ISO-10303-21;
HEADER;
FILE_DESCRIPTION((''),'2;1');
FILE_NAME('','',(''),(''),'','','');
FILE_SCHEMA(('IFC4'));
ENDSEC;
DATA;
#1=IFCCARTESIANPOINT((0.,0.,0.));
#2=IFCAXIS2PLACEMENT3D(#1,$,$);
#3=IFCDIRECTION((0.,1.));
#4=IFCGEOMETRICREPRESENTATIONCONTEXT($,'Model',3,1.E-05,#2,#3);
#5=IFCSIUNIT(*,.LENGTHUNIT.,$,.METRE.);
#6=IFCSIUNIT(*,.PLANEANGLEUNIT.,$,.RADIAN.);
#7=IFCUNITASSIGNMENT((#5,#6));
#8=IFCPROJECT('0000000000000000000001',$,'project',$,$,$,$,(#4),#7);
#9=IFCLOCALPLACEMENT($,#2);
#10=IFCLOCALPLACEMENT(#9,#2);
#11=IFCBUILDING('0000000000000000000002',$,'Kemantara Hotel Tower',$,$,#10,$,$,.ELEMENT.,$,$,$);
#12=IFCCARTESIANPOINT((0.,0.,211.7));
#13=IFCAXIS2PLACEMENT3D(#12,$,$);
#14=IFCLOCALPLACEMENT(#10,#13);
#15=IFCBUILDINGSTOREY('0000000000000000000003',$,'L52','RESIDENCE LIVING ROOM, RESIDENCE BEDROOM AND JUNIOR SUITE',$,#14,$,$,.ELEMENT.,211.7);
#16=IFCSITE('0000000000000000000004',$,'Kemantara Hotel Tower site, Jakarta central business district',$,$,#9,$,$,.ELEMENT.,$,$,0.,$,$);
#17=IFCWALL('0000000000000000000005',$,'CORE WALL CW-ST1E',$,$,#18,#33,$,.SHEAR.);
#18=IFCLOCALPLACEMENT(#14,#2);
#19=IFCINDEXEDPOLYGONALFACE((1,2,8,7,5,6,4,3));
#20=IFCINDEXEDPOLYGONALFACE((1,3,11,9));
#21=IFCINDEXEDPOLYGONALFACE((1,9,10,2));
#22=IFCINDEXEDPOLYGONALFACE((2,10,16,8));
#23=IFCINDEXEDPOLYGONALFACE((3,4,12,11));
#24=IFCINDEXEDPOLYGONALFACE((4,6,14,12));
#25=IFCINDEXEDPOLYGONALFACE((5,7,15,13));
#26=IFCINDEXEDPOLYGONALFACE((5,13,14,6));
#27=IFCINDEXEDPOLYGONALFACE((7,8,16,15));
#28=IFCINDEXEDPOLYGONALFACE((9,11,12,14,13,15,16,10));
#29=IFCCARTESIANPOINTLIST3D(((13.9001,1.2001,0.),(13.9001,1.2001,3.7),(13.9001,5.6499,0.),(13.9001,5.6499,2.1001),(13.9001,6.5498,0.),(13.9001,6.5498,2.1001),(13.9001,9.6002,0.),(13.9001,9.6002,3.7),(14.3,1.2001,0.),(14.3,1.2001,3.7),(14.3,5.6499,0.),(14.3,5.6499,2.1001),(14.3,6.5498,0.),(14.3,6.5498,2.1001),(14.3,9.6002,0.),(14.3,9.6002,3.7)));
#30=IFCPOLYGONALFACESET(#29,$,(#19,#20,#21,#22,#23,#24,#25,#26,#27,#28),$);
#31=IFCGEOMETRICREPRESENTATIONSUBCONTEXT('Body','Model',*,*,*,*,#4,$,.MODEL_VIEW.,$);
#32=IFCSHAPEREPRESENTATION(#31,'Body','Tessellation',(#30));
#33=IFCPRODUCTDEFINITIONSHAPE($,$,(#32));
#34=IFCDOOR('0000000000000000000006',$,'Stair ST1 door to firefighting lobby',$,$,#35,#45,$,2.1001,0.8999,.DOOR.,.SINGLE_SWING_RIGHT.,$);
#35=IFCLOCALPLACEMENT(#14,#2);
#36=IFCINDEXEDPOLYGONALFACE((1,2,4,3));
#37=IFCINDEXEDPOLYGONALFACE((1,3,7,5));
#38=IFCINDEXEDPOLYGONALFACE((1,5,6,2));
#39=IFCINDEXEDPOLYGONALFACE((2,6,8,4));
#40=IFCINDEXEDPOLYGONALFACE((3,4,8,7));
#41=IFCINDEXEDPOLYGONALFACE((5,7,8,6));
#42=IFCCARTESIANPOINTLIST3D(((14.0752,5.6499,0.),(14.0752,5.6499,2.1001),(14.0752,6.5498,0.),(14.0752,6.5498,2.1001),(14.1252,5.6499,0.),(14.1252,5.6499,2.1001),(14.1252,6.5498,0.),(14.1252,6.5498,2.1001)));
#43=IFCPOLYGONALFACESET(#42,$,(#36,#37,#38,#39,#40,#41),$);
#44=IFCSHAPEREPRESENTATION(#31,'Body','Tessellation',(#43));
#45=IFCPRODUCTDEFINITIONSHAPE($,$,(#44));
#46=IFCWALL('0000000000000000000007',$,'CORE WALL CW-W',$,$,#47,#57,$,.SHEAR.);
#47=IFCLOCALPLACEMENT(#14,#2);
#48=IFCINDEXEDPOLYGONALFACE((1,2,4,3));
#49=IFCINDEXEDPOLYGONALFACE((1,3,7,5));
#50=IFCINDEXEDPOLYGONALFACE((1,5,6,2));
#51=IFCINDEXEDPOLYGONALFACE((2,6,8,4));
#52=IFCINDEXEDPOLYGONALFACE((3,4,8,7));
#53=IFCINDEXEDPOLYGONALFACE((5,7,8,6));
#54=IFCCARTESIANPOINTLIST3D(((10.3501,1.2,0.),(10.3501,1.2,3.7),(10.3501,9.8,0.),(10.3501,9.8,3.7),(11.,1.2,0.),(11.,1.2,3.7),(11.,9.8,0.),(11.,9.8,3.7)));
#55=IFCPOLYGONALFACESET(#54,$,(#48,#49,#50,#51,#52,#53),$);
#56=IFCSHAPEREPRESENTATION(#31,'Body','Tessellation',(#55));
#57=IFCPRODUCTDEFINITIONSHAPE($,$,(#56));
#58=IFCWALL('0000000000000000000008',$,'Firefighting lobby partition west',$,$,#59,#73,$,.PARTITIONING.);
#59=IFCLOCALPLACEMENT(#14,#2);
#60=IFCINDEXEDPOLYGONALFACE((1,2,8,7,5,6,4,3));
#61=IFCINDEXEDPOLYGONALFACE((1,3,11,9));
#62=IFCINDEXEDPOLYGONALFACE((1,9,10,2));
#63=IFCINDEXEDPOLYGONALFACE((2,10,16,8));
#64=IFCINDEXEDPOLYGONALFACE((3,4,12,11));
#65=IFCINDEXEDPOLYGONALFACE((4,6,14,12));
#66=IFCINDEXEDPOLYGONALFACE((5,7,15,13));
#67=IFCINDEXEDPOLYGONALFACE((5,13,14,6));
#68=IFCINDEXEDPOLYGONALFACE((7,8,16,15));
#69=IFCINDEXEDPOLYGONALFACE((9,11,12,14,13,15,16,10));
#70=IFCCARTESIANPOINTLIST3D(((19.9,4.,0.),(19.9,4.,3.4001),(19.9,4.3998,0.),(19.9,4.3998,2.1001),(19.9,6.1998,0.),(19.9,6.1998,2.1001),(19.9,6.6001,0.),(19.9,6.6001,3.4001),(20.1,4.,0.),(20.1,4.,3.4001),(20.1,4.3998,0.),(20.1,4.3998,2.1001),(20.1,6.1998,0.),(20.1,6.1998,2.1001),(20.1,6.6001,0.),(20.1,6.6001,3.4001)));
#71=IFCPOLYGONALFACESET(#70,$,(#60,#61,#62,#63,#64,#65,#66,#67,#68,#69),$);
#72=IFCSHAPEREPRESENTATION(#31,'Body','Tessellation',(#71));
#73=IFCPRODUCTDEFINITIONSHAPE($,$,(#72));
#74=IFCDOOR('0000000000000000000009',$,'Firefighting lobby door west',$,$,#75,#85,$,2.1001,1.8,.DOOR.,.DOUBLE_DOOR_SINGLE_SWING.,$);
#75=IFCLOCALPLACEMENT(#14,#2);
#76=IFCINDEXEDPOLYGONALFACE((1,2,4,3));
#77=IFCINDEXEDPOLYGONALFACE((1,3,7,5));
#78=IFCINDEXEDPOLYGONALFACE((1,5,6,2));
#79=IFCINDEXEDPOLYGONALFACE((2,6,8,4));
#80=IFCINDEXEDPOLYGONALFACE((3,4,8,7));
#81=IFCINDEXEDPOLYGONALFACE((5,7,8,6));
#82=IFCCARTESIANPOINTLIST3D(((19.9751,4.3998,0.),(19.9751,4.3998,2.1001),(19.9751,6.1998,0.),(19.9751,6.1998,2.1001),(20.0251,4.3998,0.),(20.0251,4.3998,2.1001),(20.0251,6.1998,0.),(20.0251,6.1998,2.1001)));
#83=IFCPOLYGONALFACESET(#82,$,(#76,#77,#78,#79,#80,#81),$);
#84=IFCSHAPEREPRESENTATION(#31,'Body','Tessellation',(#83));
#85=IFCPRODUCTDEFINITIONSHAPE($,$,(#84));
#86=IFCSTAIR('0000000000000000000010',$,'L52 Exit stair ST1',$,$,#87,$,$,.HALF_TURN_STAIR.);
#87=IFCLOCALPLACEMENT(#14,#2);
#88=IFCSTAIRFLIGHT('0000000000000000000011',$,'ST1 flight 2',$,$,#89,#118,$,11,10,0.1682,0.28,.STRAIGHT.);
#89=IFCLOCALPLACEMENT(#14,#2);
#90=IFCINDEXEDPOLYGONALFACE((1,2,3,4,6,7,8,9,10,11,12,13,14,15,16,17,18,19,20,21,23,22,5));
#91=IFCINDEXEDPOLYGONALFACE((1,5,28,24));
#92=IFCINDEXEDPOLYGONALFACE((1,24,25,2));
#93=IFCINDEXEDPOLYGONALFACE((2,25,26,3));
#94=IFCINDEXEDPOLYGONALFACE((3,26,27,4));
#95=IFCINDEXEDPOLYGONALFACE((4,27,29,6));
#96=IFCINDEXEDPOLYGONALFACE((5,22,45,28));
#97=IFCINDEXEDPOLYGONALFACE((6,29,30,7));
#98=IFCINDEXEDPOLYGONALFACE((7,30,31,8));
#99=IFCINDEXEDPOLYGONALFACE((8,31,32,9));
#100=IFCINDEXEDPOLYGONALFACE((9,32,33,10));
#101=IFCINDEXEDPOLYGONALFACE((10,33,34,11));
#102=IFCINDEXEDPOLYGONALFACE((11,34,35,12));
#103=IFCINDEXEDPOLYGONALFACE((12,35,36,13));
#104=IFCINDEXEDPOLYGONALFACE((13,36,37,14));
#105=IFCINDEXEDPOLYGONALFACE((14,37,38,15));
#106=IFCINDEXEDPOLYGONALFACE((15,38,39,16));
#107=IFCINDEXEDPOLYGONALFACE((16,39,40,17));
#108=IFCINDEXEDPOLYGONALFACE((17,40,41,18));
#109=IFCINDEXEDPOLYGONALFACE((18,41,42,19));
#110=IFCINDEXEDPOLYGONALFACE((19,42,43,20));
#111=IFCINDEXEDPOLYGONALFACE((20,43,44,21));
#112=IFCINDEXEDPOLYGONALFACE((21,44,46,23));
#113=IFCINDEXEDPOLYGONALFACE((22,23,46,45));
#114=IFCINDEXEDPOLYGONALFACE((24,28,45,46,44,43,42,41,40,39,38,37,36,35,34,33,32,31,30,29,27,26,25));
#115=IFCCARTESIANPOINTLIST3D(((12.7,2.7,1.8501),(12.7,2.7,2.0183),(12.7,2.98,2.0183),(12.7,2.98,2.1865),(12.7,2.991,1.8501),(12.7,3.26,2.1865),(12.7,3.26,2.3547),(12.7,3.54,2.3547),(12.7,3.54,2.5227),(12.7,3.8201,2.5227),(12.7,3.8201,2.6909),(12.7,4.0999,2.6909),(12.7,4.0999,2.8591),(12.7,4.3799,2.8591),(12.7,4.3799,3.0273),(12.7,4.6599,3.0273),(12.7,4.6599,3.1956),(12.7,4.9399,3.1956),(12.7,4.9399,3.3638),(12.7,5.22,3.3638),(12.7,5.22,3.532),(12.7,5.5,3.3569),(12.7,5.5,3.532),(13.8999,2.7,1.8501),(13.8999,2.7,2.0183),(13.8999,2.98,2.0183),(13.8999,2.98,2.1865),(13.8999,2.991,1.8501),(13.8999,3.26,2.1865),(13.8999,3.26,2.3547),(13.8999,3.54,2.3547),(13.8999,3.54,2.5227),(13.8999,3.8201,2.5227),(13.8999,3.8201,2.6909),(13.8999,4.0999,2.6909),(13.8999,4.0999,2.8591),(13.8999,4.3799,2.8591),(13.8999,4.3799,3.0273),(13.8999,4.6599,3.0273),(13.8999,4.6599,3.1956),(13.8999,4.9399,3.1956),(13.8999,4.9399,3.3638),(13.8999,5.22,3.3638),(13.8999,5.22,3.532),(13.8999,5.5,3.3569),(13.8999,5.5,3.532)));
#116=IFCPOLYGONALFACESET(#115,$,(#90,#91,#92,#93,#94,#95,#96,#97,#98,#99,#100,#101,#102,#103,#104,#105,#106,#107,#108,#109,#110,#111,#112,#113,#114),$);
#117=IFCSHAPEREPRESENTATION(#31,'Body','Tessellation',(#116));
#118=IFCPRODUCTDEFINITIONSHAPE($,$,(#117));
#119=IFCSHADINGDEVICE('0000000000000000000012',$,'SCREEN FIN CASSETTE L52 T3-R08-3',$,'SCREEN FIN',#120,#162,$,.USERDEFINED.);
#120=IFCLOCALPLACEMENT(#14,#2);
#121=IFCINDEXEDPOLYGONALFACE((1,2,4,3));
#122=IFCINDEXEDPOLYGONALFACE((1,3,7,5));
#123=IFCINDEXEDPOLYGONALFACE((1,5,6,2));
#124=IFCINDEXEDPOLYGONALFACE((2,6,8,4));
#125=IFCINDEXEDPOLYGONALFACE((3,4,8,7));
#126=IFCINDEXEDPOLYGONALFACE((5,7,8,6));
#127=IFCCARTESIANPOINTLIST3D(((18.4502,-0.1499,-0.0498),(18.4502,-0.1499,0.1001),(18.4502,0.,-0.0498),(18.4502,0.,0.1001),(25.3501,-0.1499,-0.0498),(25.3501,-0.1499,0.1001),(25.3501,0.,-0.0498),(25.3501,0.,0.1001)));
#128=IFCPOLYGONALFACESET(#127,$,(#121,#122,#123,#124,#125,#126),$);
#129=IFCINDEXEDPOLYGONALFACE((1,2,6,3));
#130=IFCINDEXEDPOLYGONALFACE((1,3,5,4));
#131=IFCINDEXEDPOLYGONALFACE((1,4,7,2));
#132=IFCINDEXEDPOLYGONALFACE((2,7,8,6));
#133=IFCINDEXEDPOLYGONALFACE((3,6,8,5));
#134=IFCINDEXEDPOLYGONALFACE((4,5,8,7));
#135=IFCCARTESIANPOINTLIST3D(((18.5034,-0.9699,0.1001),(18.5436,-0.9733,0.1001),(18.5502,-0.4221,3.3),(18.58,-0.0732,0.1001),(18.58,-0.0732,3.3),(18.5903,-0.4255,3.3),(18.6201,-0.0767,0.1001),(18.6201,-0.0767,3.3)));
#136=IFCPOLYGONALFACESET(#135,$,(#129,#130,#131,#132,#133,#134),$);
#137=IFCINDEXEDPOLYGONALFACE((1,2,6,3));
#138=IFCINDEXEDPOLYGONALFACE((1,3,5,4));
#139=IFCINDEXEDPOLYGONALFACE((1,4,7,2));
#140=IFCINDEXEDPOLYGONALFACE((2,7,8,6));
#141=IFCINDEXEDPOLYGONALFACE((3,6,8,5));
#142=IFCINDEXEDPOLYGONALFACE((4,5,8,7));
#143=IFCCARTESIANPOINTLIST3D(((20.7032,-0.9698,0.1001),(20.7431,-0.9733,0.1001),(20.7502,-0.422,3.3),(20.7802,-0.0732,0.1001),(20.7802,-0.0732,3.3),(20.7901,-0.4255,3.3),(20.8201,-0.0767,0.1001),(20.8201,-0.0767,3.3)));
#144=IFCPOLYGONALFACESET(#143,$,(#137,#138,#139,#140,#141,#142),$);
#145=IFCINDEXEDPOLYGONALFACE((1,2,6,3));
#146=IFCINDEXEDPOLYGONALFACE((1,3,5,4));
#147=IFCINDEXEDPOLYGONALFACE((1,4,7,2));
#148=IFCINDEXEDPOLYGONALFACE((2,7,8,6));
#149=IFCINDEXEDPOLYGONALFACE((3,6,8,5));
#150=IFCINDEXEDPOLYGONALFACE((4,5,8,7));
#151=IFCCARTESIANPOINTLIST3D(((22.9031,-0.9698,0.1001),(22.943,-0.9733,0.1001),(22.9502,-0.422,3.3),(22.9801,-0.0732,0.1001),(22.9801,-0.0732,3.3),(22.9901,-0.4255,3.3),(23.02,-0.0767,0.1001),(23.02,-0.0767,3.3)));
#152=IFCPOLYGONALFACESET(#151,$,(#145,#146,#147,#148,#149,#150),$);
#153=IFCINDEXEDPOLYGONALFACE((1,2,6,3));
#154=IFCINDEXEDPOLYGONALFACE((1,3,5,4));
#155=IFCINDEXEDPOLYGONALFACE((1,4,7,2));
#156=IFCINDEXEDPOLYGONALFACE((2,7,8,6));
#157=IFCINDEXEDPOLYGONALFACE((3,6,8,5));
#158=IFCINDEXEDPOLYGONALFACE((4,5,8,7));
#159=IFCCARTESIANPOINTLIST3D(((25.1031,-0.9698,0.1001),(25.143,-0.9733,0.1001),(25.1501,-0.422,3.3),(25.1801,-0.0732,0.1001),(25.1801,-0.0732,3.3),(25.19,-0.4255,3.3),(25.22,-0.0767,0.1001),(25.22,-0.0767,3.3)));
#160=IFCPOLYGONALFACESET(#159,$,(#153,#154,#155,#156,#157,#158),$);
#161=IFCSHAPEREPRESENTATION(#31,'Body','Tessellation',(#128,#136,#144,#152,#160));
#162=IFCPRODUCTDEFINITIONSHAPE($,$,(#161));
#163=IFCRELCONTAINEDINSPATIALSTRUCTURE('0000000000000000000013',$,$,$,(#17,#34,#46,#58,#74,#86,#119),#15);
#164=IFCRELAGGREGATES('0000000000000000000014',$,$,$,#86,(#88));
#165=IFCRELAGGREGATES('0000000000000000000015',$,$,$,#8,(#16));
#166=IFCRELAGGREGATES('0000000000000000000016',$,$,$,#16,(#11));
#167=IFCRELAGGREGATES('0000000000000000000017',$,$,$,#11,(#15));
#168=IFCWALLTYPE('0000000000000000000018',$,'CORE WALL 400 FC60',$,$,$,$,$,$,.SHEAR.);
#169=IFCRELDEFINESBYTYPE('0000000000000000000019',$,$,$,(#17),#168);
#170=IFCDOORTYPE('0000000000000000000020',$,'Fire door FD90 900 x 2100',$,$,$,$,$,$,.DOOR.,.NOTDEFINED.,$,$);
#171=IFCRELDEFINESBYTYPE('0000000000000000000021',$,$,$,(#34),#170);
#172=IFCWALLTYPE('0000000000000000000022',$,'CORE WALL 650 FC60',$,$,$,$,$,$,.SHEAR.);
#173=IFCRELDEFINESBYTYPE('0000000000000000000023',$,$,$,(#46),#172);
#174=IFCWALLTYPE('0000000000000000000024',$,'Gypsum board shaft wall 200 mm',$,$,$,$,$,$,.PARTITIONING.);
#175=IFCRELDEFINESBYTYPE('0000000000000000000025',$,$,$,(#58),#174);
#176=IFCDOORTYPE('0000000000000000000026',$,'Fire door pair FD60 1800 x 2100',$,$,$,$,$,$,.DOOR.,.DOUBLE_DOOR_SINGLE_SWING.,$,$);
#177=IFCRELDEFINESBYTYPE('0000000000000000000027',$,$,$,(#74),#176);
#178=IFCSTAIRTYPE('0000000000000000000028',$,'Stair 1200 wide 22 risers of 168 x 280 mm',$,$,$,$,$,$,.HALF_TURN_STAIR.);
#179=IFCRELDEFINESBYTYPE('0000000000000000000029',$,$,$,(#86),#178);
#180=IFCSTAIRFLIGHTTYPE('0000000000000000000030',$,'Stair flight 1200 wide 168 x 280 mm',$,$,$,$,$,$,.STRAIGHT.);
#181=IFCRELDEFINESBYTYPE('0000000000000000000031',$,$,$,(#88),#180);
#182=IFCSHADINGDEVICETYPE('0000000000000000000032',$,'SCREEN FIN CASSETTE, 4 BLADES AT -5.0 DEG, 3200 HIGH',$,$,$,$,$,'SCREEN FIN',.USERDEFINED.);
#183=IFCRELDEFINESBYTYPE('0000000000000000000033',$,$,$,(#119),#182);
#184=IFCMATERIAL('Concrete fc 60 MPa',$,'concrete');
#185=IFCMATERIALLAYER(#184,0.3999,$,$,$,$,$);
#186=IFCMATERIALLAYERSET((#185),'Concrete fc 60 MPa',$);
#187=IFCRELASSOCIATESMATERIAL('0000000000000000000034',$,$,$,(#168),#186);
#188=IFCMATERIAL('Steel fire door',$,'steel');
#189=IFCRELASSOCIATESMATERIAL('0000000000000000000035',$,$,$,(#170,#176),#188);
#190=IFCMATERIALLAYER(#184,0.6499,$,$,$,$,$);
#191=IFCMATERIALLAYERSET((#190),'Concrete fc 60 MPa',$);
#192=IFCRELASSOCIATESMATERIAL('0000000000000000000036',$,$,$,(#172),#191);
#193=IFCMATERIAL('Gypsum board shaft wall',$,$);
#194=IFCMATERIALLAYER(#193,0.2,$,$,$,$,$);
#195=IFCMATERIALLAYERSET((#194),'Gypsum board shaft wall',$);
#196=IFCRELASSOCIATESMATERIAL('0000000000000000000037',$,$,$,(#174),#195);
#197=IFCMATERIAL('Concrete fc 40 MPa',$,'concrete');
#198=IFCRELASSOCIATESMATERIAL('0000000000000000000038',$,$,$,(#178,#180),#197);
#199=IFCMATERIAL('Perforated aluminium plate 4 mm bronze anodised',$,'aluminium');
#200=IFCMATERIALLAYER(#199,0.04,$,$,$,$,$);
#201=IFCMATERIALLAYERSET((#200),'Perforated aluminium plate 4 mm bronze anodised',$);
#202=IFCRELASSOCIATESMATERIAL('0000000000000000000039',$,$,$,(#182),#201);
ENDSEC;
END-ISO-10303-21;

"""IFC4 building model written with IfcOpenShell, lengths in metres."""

from ifc_helpers import new_model, si_unit, direction, frame, frame_2d, origin, origin_2d, place, context, subcontext, project, spatial, polyline, rectangle, outline, extrude, source, transform, mapped, material, layer, layer_set, type_object, element, fill, aggregate, save


model = new_model("IFC4")

# Units and contexts
model_context = context("Model", 3, precision=1e-05, world=origin(), true_north=direction((0.0, 1.0)))
body_context = subcontext(model_context, "Body", "Model", "MODEL_VIEW")
ifc_project = project(units=[si_unit("LENGTHUNIT", "METRE"), si_unit("PLANEANGLEUNIT", "RADIAN")], contexts=[model_context])

# Site, building, storey
site_placement = place(None, origin())
site = spatial("IfcSite", under=ifc_project, at=site_placement, Name="Kemantara Hotel Tower site, Jakarta central business district", CompositionType="ELEMENT", RefElevation=0.0)
building_placement = place(site_placement, origin())
building = spatial("IfcBuilding", under=site, at=building_placement, Name="Kemantara Hotel Tower", CompositionType="ELEMENT")
storey_placement = place(building_placement, frame((0.0, 0.0, 211.7)))
storey = spatial("IfcBuildingStorey", under=building, at=storey_placement, Name="L52", Description="RESIDENCE LIVING ROOM, RESIDENCE BEDROOM AND JUNIOR SUITE", CompositionType="ELEMENT", Elevation=211.7)

# Shared definitions
ifc_material_1 = material(Name="Concrete fc 60 MPa", Category="concrete")

# Shared definitions
ifc_layer_1 = layer(ifc_material_1, 0.3999)
ifc_layer_set_1 = layer_set([ifc_layer_1], Name="Concrete fc 60 MPa")
wall_type_1 = type_object("IfcWallType", Name="CORE WALL 400 FC60", PredefinedType="SHEAR", material=ifc_layer_set_1)
ifc_material_2 = material(Name="Steel fire door", Category="steel")

# Wall, opening, door
wall_1_placement = place(storey_placement, frame((14.1001, 1.2, 0.0), z_axis=(0.0, 0.0, 1.0), x_axis=(0.0, 1.0, 0.0)))
wall_1 = element("IfcWall", 1, at=wall_1_placement, inside=storey, type_object=wall_type_1, Name="CORE WALL CW-ST1E", PredefinedType="SHEAR", context=body_context, shape_type="SweptSolid", body=[
    extrude(rectangle(XDim=8.4001, YDim=0.3999, at=frame_2d((4.2002, 0.0))), origin(), (0.0, 0.0, 1.0), 3.7),
])
opening_1_placement = place(wall_1_placement, frame((4.45, 0.0, 0.0)))
opening_1 = element("IfcOpeningElement", 2, at=opening_1_placement, cuts=wall_1, PredefinedType="OPENING", context=body_context, shape_type="SweptSolid", body=[
    extrude(rectangle(XDim=0.8999, YDim=2.1001, at=frame_2d((0.45, 1.05))), frame((0.0, 0.21, 0.0), z_axis=(0.0, -1.0, 0.0), x_axis=(1.0, 0.0, 0.0)), (0.0, 0.0, 1.0), 0.4199),
])
door_type_1 = type_object("IfcDoorType", Name="Fire door FD90 900 x 2100", OperationType="NOTDEFINED", PredefinedType="DOOR", material=ifc_material_2)
door_1_placement = place(opening_1_placement, origin())
door_1 = element("IfcDoor", 3, at=door_1_placement, inside=storey, type_object=door_type_1, Name="Stair ST1 door to firefighting lobby", OperationType="SINGLE_SWING_RIGHT", OverallHeight=2.1001, OverallWidth=0.8999, PredefinedType="DOOR", context=body_context, shape_type="SweptSolid", body=[
    extrude(rectangle(XDim=0.8999, YDim=2.1001, at=frame_2d((0.45, 1.05))), frame((0.0, 0.0249, 0.0), z_axis=(0.0, -1.0, 0.0), x_axis=(1.0, 0.0, 0.0)), (0.0, 0.0, 1.0), 0.05),
])
fill(opening_1, door_1)

# Wall
ifc_layer_2 = layer(ifc_material_1, 0.6499)
ifc_layer_set_2 = layer_set([ifc_layer_2], Name="Concrete fc 60 MPa")
wall_type_2 = type_object("IfcWallType", Name="CORE WALL 650 FC60", PredefinedType="SHEAR", material=ifc_layer_set_2)
wall_2_placement = place(storey_placement, frame((10.675, 1.2, 0.0), z_axis=(0.0, 0.0, 1.0), x_axis=(0.0, 1.0, 0.0)))
element("IfcWall", 4, at=wall_2_placement, inside=storey, type_object=wall_type_2, Name="CORE WALL CW-W", PredefinedType="SHEAR", context=body_context, shape_type="SweptSolid", body=[
    extrude(rectangle(XDim=8.6001, YDim=0.6499, at=frame_2d((4.3, 0.0))), origin(), (0.0, 0.0, 1.0), 3.7),
])

# Wall, opening, door
ifc_material_3 = material(Name="Gypsum board shaft wall")
ifc_layer_3 = layer(ifc_material_3, 0.2)
ifc_layer_set_3 = layer_set([ifc_layer_3], Name="Gypsum board shaft wall")
wall_type_3 = type_object("IfcWallType", Name="Gypsum board shaft wall 200 mm", PredefinedType="PARTITIONING", material=ifc_layer_set_3)
wall_3_placement = place(storey_placement, frame((20.0, 4.0, 0.0), z_axis=(0.0, 0.0, 1.0), x_axis=(0.0, 1.0, 0.0)))
wall_3 = element("IfcWall", 5, at=wall_3_placement, inside=storey, type_object=wall_type_3, Name="Firefighting lobby partition west", PredefinedType="PARTITIONING", context=body_context, shape_type="SweptSolid", body=[
    extrude(rectangle(XDim=2.6001, YDim=0.2, at=frame_2d((1.3, 0.0))), origin(), (0.0, 0.0, 1.0), 3.4001),
])
opening_2_placement = place(wall_3_placement, frame((0.3999, 0.0, 0.0)))
opening_2 = element("IfcOpeningElement", 6, at=opening_2_placement, cuts=wall_3, PredefinedType="OPENING", context=body_context, shape_type="SweptSolid", body=[
    extrude(rectangle(XDim=1.8, YDim=2.1001, at=frame_2d((0.8999, 1.05))), frame((0.0, 0.1099, 0.0), z_axis=(0.0, -1.0, 0.0), x_axis=(1.0, 0.0, 0.0)), (0.0, 0.0, 1.0), 0.22),
])
door_type_2 = type_object("IfcDoorType", Name="Fire door pair FD60 1800 x 2100", OperationType="DOUBLE_DOOR_SINGLE_SWING", PredefinedType="DOOR", material=ifc_material_2)
door_2_placement = place(opening_2_placement, origin())
door_2 = element("IfcDoor", 7, at=door_2_placement, inside=storey, type_object=door_type_2, Name="Firefighting lobby door west", OperationType="DOUBLE_DOOR_SINGLE_SWING", OverallHeight=2.1001, OverallWidth=1.8, PredefinedType="DOOR", context=body_context, shape_type="SweptSolid", body=[
    extrude(rectangle(XDim=1.8, YDim=2.1001, at=frame_2d((0.8999, 1.05))), frame((0.0, 0.0249, 0.0), z_axis=(0.0, -1.0, 0.0), x_axis=(1.0, 0.0, 0.0)), (0.0, 0.0, 1.0), 0.05),
])
fill(opening_2, door_2)

# Stair, stair flight
ifc_material_4 = material(Name="Concrete fc 40 MPa", Category="concrete")
stair_type = type_object("IfcStairType", Name="Stair 1200 wide 22 risers of 168 x 280 mm", PredefinedType="HALF_TURN_STAIR", material=ifc_material_4)
stair_placement = place(storey_placement, origin())
stair = element("IfcStair", 8, at=stair_placement, inside=storey, type_object=stair_type, Name="L52 Exit stair ST1", PredefinedType="HALF_TURN_STAIR")
stair_flight_type = type_object("IfcStairFlightType", Name="Stair flight 1200 wide 168 x 280 mm", PredefinedType="STRAIGHT", material=ifc_material_4)
stair_flight_placement = place(storey_placement, frame((13.3, 2.7, 1.8501), z_axis=(0.0, 0.0, 1.0), x_axis=(0.0, 1.0, 0.0)))
stair_flight = element("IfcStairFlight", 9, at=stair_flight_placement, type_object=stair_flight_type, Name="ST1 flight 2", NumberOfRisers=11, NumberOfTreads=10, PredefinedType="STRAIGHT", RiserHeight=0.1682, TreadLength=0.28, context=body_context, shape_type="SweptSolid", body=[
    extrude(outline(polyline([(0.0, 0.0), (0.0, 0.1682), (0.28, 0.1682), (0.28, 0.3364), (0.5601, 0.3364), (0.5601, 0.5046), (0.8401, 0.5046), (0.8401, 0.6726), (1.1201, 0.6726), (1.1201, 0.8408), (1.3999, 0.8408), (1.3999, 1.009), (1.6799, 1.009), (1.6799, 1.1772), (1.96, 1.1772), (1.96, 1.3455), (2.24, 1.3455), (2.24, 1.5137), (2.52, 1.5137), (2.52, 1.6819), (2.8, 1.6819), (2.8, 1.8501), (2.8, 1.5068), (0.291, 0.0), (0.0, 0.0)])), frame((0.0, 0.6001, 0.0), z_axis=(0.0, -1.0, 0.0), x_axis=(1.0, 0.0, 0.0)), (0.0, 0.0, 1.0), 1.2),
])
aggregate(stair, [stair_flight])

# Shading device
ifc_material_5 = material(Name="Perforated aluminium plate 4 mm bronze anodised", Category="aluminium")
ifc_layer_4 = layer(ifc_material_5, 0.04)
ifc_layer_set_4 = layer_set([ifc_layer_4], Name="Perforated aluminium plate 4 mm bronze anodised")
shading_device_type = type_object("IfcShadingDeviceType", Name="SCREEN FIN CASSETTE, 4 BLADES AT -5.0 DEG, 3200 HIGH", ElementType="SCREEN FIN", PredefinedType="USERDEFINED", material=ifc_layer_set_4)
shared_shape = source(origin(), body_context, "Body", "SweptSolid", [
    extrude(rectangle(XDim=6.8999, YDim=0.1499, at=origin_2d()), frame((3.3, -0.075, -0.1499), z_axis=(0.0, 0.0, 1.0), x_axis=(1.0, 0.0, 0.0)), (0.0, 0.0, 1.0), 0.1499),
    extrude(outline(polyline([(0.0, 0.0), (0.8999, 0.0), (0.3501, 3.2), (0.0, 3.2), (0.0, 0.0)])), frame((0.02, -0.0767, 0.0), z_axis=(-0.996376, 0.085056, 0.0), x_axis=(-0.085056, -0.996376, 0.0)), (0.0, 0.0, 1.0), 0.0403),
    extrude(outline(polyline([(0.0, 0.0), (0.8999, 0.0), (0.3501, 3.2), (0.0, 3.2), (0.0, 0.0)])), frame((2.22, -0.0767, 0.0), z_axis=(-0.996332, 0.085575, 0.0), x_axis=(-0.085575, -0.996332, 0.0)), (0.0, 0.0, 1.0), 0.04),
    extrude(outline(polyline([(0.0, 0.0), (0.8999, 0.0), (0.3501, 3.2), (0.0, 3.2), (0.0, 0.0)])), frame((4.4199, -0.0767, 0.0), z_axis=(-0.996332, 0.085575, 0.0), x_axis=(-0.085575, -0.996332, 0.0)), (0.0, 0.0, 1.0), 0.04),
    extrude(outline(polyline([(0.0, 0.0), (0.8999, 0.0), (0.3501, 3.2), (0.0, 3.2), (0.0, 0.0)])), frame((6.6199, -0.0767, 0.0), z_axis=(-0.996332, 0.085575, 0.0), x_axis=(-0.085575, -0.996332, 0.0)), (0.0, 0.0, 1.0), 0.04),
])
shading_device_placement = place(storey_placement, frame((18.6001, 0.0, 0.1001), z_axis=(0.0, 0.0, 1.0), x_axis=(1.0, 0.0, 0.0)))
element("IfcShadingDevice", 10, at=shading_device_placement, inside=storey, type_object=shading_device_type, Name="SCREEN FIN CASSETTE L52 T3-R08-3", ObjectType="SCREEN FIN", PredefinedType="USERDEFINED", context=body_context, shape_type="MappedRepresentation", body=[
    mapped(shared_shape, transform((0.0, 0.0, 0.0))),
])

save(model, "model.ifc")
